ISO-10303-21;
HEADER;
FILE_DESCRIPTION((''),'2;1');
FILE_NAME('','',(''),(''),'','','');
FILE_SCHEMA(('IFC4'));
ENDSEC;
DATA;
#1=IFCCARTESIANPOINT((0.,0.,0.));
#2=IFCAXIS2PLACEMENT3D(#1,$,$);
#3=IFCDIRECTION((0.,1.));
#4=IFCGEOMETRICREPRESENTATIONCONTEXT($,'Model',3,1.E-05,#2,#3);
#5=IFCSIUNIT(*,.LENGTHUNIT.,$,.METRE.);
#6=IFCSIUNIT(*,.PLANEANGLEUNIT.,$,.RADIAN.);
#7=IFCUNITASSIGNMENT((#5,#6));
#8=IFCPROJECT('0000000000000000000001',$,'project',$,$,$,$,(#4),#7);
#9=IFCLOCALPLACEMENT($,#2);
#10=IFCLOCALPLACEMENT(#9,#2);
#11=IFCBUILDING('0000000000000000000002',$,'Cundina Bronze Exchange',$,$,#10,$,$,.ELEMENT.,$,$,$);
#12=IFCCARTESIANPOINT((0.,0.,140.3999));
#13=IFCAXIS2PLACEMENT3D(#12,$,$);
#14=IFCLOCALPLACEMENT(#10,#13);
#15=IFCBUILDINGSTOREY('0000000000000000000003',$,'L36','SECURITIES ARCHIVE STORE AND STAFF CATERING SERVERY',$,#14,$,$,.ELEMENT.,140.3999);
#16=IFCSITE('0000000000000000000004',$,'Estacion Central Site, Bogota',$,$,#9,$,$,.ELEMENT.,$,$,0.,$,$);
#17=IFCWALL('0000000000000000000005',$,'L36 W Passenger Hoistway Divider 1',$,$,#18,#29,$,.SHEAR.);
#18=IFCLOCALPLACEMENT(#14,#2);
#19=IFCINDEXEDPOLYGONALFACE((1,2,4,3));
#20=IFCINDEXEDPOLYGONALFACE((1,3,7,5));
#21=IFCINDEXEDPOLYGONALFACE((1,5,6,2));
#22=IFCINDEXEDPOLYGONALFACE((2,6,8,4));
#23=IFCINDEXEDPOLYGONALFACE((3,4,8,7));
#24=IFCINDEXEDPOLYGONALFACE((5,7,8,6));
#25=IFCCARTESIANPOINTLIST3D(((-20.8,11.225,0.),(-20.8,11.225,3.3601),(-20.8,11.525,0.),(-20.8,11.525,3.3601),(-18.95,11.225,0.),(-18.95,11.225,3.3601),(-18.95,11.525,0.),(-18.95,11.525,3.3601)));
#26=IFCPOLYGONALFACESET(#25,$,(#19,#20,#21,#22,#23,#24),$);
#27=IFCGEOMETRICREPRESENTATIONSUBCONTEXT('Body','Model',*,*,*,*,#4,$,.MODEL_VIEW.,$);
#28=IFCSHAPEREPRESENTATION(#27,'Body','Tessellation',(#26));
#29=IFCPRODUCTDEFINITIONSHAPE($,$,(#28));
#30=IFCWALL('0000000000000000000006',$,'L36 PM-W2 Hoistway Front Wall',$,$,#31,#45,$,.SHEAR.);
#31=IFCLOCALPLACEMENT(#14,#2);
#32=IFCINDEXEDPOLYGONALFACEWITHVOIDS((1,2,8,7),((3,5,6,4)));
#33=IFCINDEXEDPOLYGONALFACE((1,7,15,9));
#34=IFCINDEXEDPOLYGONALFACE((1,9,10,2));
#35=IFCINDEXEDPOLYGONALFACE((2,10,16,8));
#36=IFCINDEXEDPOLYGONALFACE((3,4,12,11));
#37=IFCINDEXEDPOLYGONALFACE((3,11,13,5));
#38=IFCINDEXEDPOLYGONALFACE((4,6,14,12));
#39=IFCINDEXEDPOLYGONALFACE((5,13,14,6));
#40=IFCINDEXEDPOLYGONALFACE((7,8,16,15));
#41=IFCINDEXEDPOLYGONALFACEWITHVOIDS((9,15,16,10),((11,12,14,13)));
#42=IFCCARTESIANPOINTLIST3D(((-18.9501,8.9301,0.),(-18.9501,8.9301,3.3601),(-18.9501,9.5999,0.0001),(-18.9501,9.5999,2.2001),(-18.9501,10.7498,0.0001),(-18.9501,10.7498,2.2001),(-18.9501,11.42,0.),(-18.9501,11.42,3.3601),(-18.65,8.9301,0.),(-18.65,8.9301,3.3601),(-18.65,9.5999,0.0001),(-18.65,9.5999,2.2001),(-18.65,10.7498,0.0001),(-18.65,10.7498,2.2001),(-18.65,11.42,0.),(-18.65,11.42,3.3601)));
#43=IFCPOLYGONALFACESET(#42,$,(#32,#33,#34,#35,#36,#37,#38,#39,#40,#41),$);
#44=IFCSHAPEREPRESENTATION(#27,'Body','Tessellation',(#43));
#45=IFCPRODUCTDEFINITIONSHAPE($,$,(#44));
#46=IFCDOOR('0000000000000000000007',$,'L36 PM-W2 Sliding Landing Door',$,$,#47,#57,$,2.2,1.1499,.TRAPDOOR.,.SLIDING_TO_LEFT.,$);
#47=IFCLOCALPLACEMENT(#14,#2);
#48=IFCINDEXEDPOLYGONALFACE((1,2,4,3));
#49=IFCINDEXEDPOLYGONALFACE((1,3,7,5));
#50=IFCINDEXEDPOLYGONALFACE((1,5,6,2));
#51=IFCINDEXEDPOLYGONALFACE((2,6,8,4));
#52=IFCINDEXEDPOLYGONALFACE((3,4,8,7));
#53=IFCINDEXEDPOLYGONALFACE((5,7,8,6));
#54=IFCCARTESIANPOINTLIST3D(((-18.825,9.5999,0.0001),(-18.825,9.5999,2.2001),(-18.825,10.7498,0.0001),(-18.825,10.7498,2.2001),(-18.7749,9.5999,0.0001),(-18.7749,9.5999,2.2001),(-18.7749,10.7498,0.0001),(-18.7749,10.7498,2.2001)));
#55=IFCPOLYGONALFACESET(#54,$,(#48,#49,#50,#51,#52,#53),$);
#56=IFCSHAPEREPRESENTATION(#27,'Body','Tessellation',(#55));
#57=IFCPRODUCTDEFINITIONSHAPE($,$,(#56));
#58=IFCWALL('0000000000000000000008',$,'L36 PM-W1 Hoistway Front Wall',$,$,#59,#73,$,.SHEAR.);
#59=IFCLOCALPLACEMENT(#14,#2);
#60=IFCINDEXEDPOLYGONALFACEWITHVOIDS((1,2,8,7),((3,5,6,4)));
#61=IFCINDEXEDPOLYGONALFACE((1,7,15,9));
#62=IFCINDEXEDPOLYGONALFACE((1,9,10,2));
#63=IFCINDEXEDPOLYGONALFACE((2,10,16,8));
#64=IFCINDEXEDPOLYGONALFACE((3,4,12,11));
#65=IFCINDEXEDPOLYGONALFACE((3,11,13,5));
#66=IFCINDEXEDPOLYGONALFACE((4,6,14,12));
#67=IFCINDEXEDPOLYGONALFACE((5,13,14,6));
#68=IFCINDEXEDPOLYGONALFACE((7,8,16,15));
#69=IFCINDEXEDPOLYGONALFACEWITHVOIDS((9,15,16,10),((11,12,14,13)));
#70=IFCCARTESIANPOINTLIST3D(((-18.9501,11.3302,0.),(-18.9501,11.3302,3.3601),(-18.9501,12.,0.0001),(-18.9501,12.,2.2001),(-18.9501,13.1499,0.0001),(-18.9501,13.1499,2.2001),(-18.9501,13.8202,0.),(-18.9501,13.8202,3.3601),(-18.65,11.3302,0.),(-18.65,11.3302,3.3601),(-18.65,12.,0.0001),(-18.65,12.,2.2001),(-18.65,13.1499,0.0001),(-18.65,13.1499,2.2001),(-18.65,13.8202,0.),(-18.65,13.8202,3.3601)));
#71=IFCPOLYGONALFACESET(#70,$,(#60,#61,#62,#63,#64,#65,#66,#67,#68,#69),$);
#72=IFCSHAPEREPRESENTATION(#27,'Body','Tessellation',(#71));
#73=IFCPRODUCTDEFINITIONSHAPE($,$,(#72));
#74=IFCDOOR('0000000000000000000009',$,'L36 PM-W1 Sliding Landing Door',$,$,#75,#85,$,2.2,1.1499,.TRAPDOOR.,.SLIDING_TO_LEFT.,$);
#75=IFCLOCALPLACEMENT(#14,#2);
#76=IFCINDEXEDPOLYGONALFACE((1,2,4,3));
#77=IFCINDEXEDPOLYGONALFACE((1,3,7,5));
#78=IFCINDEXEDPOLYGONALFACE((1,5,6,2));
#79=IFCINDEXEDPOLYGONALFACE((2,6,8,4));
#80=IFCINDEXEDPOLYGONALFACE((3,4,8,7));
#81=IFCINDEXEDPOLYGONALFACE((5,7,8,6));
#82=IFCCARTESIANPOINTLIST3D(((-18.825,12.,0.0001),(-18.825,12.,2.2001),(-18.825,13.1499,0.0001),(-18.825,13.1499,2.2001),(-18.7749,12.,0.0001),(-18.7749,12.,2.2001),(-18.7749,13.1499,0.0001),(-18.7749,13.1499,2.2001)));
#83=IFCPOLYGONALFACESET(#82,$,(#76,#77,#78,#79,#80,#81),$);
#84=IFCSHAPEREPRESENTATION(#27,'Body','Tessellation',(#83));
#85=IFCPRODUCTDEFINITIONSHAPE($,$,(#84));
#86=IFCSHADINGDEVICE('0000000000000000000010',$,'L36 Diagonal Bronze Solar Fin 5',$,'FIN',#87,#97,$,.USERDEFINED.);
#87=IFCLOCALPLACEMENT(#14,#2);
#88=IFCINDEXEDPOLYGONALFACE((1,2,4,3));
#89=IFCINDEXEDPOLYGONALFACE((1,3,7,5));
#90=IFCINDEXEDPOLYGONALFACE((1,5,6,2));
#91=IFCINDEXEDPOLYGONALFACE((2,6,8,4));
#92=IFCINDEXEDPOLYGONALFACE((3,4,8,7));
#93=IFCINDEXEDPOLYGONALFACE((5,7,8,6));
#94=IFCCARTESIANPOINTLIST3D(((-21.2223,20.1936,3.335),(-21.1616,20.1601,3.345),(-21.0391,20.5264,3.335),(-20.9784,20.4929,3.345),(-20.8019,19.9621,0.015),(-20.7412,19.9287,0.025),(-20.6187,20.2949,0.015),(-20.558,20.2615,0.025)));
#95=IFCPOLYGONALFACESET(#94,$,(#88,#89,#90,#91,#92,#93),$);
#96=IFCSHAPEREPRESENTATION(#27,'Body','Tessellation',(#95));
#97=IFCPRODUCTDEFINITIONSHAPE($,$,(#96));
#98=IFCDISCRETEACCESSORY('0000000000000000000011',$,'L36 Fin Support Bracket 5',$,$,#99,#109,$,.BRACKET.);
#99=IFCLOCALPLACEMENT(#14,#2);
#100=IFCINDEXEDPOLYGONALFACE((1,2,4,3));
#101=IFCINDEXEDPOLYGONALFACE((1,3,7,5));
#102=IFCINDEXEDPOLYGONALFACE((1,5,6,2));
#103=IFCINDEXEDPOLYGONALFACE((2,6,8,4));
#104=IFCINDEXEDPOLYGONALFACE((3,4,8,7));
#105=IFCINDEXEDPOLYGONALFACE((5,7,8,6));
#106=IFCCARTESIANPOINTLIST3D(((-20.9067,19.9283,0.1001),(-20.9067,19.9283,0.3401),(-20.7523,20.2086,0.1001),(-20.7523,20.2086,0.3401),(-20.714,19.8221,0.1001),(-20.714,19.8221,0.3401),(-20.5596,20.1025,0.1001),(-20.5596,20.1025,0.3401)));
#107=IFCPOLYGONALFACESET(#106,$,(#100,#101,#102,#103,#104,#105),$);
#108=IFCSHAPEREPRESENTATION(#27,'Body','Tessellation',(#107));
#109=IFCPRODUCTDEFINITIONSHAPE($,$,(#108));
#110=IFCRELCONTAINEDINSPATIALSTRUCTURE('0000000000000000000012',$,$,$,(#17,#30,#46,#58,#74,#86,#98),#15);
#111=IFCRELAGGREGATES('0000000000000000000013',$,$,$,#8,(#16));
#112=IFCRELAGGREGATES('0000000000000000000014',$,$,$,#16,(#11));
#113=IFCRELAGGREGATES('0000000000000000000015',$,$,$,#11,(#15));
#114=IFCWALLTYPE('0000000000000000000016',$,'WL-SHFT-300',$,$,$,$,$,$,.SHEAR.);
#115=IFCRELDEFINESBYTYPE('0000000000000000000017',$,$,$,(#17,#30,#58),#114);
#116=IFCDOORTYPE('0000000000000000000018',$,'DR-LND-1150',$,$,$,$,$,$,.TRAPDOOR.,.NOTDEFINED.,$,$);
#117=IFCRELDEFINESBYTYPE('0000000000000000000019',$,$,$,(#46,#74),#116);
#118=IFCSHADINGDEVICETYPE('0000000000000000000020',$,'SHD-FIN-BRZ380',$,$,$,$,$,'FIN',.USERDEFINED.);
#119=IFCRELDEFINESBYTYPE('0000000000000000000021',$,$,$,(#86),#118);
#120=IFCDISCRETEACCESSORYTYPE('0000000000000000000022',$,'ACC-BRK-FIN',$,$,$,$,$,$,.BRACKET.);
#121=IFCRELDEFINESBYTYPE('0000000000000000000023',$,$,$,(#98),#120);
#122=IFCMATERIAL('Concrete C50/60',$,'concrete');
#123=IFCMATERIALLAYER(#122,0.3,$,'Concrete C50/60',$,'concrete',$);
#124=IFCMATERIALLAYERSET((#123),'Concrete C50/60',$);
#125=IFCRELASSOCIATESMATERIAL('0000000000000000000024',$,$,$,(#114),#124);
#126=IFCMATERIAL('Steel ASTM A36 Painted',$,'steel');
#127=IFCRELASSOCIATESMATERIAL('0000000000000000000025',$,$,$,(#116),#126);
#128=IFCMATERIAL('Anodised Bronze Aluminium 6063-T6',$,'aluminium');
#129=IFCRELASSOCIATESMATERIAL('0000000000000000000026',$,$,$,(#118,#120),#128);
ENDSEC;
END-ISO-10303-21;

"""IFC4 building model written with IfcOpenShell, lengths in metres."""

from ifc_helpers import new_model, si_unit, direction, frame, frame_2d, origin, origin_2d, place, context, subcontext, project, spatial, rectangle, extrude, material, layer, layer_set, material_profile, profile_set, type_object, element, fill, save


model = new_model("IFC4")

# Units and contexts
model_context = context("Model", 3, precision=1e-05, world=origin(), true_north=direction((0.0, 1.0)))
body_context = subcontext(model_context, "Body", "Model", "MODEL_VIEW")
ifc_project = project(units=[si_unit("LENGTHUNIT", "METRE"), si_unit("PLANEANGLEUNIT", "RADIAN")], contexts=[model_context])

# Site, building, storey
site_placement = place(None, origin())
site = spatial("IfcSite", under=ifc_project, at=site_placement, Name="Estacion Central Site, Bogota", CompositionType="ELEMENT", RefElevation=0.0)
building_placement = place(site_placement, origin())
building = spatial("IfcBuilding", under=site, at=building_placement, Name="Cundina Bronze Exchange", CompositionType="ELEMENT")
storey_placement = place(building_placement, frame((0.0, 0.0, 140.3999)))
storey = spatial("IfcBuildingStorey", under=building, at=storey_placement, Name="L36", Description="SECURITIES ARCHIVE STORE AND STAFF CATERING SERVERY", CompositionType="ELEMENT", Elevation=140.3999)

# Shared definitions
ifc_material_1 = material(Name="Concrete C50/60", Category="concrete")

# Shared definitions
ifc_material_2 = material(Name="Anodised Bronze Aluminium 6063-T6", Category="aluminium")

# Wall
ifc_layer_1 = layer(ifc_material_1, 0.3, Name="Concrete C50/60", Category="concrete")
ifc_layer_set_1 = layer_set([ifc_layer_1], Name="Concrete C50/60")
wall_type_1 = type_object("IfcWallType", Name="WL-SHFT-300", PredefinedType="SHEAR", material=ifc_layer_set_1)
wall_1_placement = place(storey_placement, frame((-20.8, 11.375, 0.0), z_axis=(0.0, 0.0, 1.0), x_axis=(1.0, 0.0, 0.0)))
element("IfcWall", 1, at=wall_1_placement, inside=storey, type_object=wall_type_1, Name="L36 W Passenger Hoistway Divider 1", PredefinedType="SHEAR", context=body_context, shape_type="SweptSolid", body=[
    extrude(rectangle(XDim=1.8501, YDim=0.3, at=frame_2d((0.925, 0.0))), origin(), (0.0, 0.0, 1.0), 3.3601),
])

# Walls, openings, doors
wall_2_placement = place(storey_placement, frame((-18.8, 8.9299, 0.0), z_axis=(0.0, 0.0, 1.0), x_axis=(0.0, 1.0, 0.0)))
wall_2 = element("IfcWall", 2, at=wall_2_placement, inside=storey, type_object=wall_type_1, Name="L36 PM-W2 Hoistway Front Wall", PredefinedType="SHEAR", context=body_context, shape_type="SweptSolid", body=[
    extrude(rectangle(XDim=2.49, YDim=0.3, at=frame_2d((1.2451, 0.0))), origin(), (0.0, 0.0, 1.0), 3.3601),
])
opening_1_placement = place(wall_2_placement, frame((0.6699, 0.0, 0.0)))
opening_1 = element("IfcOpeningElement", 3, at=opening_1_placement, cuts=wall_2, PredefinedType="OPENING", context=body_context, shape_type="SweptSolid", body=[
    extrude(rectangle(XDim=1.1499, YDim=2.2, at=frame_2d((0.575, 1.1001))), frame((0.0, 0.1599, 0.0), z_axis=(0.0, -1.0, 0.0), x_axis=(1.0, 0.0, 0.0)), (0.0, 0.0, 1.0), 0.3201),
])
ifc_material_3 = material(Name="Steel ASTM A36 Painted", Category="steel")
door_type_1 = type_object("IfcDoorType", Name="DR-LND-1150", OperationType="NOTDEFINED", PredefinedType="TRAPDOOR", material=ifc_material_3)
door_1_placement = place(opening_1_placement, origin())
door_1 = element("IfcDoor", 4, at=door_1_placement, inside=storey, type_object=door_type_1, Name="L36 PM-W2 Sliding Landing Door", OperationType="SLIDING_TO_LEFT", OverallHeight=2.2, OverallWidth=1.1499, PredefinedType="TRAPDOOR", context=body_context, shape_type="SweptSolid", body=[
    extrude(rectangle(XDim=1.1499, YDim=2.2, at=frame_2d((0.575, 1.1001))), frame((0.0, 0.0249, 0.0), z_axis=(0.0, -1.0, 0.0), x_axis=(1.0, 0.0, 0.0)), (0.0, 0.0, 1.0), 0.05),
])
fill(opening_1, door_1)
wall_3_placement = place(storey_placement, frame((-18.8, 11.3301, 0.0), z_axis=(0.0, 0.0, 1.0), x_axis=(0.0, 1.0, 0.0)))
wall_3 = element("IfcWall", 5, at=wall_3_placement, inside=storey, type_object=wall_type_1, Name="L36 PM-W1 Hoistway Front Wall", PredefinedType="SHEAR", context=body_context, shape_type="SweptSolid", body=[
    extrude(rectangle(XDim=2.49, YDim=0.3, at=frame_2d((1.2451, 0.0))), origin(), (0.0, 0.0, 1.0), 3.3601),
])
opening_2_placement = place(wall_3_placement, frame((0.6699, 0.0, 0.0)))
opening_2 = element("IfcOpeningElement", 6, at=opening_2_placement, cuts=wall_3, PredefinedType="OPENING", context=body_context, shape_type="SweptSolid", body=[
    extrude(rectangle(XDim=1.1499, YDim=2.2, at=frame_2d((0.575, 1.1001))), frame((0.0, 0.1599, 0.0), z_axis=(0.0, -1.0, 0.0), x_axis=(1.0, 0.0, 0.0)), (0.0, 0.0, 1.0), 0.3201),
])
door_2_placement = place(opening_2_placement, origin())
door_2 = element("IfcDoor", 7, at=door_2_placement, inside=storey, type_object=door_type_1, Name="L36 PM-W1 Sliding Landing Door", OperationType="SLIDING_TO_LEFT", OverallHeight=2.2, OverallWidth=1.1499, PredefinedType="TRAPDOOR", context=body_context, shape_type="SweptSolid", body=[
    extrude(rectangle(XDim=1.1499, YDim=2.2, at=frame_2d((0.575, 1.1001))), frame((0.0, 0.0249, 0.0), z_axis=(0.0, -1.0, 0.0), x_axis=(1.0, 0.0, 0.0)), (0.0, 0.0, 1.0), 0.05),
])
fill(opening_2, door_2)

# Shading device
ifc_material_profile_1 = material_profile(ifc_material_2, rectangle(XDim=0.0701, YDim=0.3799, at=origin_2d()), Name="FIN70X380", Category="aluminium")
ifc_profile_set_1 = profile_set([ifc_material_profile_1], Name="Anodised Bronze Aluminium 6063-T6")
shading_device_type = type_object("IfcShadingDeviceType", Name="SHD-FIN-BRZ380", ElementType="FIN", PredefinedType="USERDEFINED", material=ifc_profile_set_1)
shading_device_placement = place(storey_placement, frame((-20.6799, 20.1118, 0.02), z_axis=(-0.125324, 0.068994, 0.989714), x_axis=(0.867012, -0.47731, 0.143061)))
element("IfcShadingDevice", 8, at=shading_device_placement, inside=storey, type_object=shading_device_type, Name="L36 Diagonal Bronze Solar Fin 5", ObjectType="FIN", PredefinedType="USERDEFINED", context=body_context, shape_type="SweptSolid", body=[
    extrude(rectangle(XDim=0.0701, YDim=0.3799, at=origin_2d()), origin(), (0.0, 0.0, 1.0), 3.3545),
])

# Discrete accessory
discrete_accessory_type = type_object("IfcDiscreteAccessoryType", Name="ACC-BRK-FIN", PredefinedType="BRACKET", material=ifc_material_2)
discrete_accessory_placement = place(storey_placement, frame((-20.7332, 20.0154, 0.1001), z_axis=(0.0, 0.0, 1.0), x_axis=(-0.875869, 0.482549, 0.0)))
element("IfcDiscreteAccessory", 9, at=discrete_accessory_placement, inside=storey, type_object=discrete_accessory_type, Name="L36 Fin Support Bracket 5", PredefinedType="BRACKET", context=body_context, shape_type="SweptSolid", body=[
    extrude(rectangle(XDim=0.22, YDim=0.3201, at=origin_2d()), origin(), (0.0, 0.0, 1.0), 0.24),
])

save(model, "model.ifc")
